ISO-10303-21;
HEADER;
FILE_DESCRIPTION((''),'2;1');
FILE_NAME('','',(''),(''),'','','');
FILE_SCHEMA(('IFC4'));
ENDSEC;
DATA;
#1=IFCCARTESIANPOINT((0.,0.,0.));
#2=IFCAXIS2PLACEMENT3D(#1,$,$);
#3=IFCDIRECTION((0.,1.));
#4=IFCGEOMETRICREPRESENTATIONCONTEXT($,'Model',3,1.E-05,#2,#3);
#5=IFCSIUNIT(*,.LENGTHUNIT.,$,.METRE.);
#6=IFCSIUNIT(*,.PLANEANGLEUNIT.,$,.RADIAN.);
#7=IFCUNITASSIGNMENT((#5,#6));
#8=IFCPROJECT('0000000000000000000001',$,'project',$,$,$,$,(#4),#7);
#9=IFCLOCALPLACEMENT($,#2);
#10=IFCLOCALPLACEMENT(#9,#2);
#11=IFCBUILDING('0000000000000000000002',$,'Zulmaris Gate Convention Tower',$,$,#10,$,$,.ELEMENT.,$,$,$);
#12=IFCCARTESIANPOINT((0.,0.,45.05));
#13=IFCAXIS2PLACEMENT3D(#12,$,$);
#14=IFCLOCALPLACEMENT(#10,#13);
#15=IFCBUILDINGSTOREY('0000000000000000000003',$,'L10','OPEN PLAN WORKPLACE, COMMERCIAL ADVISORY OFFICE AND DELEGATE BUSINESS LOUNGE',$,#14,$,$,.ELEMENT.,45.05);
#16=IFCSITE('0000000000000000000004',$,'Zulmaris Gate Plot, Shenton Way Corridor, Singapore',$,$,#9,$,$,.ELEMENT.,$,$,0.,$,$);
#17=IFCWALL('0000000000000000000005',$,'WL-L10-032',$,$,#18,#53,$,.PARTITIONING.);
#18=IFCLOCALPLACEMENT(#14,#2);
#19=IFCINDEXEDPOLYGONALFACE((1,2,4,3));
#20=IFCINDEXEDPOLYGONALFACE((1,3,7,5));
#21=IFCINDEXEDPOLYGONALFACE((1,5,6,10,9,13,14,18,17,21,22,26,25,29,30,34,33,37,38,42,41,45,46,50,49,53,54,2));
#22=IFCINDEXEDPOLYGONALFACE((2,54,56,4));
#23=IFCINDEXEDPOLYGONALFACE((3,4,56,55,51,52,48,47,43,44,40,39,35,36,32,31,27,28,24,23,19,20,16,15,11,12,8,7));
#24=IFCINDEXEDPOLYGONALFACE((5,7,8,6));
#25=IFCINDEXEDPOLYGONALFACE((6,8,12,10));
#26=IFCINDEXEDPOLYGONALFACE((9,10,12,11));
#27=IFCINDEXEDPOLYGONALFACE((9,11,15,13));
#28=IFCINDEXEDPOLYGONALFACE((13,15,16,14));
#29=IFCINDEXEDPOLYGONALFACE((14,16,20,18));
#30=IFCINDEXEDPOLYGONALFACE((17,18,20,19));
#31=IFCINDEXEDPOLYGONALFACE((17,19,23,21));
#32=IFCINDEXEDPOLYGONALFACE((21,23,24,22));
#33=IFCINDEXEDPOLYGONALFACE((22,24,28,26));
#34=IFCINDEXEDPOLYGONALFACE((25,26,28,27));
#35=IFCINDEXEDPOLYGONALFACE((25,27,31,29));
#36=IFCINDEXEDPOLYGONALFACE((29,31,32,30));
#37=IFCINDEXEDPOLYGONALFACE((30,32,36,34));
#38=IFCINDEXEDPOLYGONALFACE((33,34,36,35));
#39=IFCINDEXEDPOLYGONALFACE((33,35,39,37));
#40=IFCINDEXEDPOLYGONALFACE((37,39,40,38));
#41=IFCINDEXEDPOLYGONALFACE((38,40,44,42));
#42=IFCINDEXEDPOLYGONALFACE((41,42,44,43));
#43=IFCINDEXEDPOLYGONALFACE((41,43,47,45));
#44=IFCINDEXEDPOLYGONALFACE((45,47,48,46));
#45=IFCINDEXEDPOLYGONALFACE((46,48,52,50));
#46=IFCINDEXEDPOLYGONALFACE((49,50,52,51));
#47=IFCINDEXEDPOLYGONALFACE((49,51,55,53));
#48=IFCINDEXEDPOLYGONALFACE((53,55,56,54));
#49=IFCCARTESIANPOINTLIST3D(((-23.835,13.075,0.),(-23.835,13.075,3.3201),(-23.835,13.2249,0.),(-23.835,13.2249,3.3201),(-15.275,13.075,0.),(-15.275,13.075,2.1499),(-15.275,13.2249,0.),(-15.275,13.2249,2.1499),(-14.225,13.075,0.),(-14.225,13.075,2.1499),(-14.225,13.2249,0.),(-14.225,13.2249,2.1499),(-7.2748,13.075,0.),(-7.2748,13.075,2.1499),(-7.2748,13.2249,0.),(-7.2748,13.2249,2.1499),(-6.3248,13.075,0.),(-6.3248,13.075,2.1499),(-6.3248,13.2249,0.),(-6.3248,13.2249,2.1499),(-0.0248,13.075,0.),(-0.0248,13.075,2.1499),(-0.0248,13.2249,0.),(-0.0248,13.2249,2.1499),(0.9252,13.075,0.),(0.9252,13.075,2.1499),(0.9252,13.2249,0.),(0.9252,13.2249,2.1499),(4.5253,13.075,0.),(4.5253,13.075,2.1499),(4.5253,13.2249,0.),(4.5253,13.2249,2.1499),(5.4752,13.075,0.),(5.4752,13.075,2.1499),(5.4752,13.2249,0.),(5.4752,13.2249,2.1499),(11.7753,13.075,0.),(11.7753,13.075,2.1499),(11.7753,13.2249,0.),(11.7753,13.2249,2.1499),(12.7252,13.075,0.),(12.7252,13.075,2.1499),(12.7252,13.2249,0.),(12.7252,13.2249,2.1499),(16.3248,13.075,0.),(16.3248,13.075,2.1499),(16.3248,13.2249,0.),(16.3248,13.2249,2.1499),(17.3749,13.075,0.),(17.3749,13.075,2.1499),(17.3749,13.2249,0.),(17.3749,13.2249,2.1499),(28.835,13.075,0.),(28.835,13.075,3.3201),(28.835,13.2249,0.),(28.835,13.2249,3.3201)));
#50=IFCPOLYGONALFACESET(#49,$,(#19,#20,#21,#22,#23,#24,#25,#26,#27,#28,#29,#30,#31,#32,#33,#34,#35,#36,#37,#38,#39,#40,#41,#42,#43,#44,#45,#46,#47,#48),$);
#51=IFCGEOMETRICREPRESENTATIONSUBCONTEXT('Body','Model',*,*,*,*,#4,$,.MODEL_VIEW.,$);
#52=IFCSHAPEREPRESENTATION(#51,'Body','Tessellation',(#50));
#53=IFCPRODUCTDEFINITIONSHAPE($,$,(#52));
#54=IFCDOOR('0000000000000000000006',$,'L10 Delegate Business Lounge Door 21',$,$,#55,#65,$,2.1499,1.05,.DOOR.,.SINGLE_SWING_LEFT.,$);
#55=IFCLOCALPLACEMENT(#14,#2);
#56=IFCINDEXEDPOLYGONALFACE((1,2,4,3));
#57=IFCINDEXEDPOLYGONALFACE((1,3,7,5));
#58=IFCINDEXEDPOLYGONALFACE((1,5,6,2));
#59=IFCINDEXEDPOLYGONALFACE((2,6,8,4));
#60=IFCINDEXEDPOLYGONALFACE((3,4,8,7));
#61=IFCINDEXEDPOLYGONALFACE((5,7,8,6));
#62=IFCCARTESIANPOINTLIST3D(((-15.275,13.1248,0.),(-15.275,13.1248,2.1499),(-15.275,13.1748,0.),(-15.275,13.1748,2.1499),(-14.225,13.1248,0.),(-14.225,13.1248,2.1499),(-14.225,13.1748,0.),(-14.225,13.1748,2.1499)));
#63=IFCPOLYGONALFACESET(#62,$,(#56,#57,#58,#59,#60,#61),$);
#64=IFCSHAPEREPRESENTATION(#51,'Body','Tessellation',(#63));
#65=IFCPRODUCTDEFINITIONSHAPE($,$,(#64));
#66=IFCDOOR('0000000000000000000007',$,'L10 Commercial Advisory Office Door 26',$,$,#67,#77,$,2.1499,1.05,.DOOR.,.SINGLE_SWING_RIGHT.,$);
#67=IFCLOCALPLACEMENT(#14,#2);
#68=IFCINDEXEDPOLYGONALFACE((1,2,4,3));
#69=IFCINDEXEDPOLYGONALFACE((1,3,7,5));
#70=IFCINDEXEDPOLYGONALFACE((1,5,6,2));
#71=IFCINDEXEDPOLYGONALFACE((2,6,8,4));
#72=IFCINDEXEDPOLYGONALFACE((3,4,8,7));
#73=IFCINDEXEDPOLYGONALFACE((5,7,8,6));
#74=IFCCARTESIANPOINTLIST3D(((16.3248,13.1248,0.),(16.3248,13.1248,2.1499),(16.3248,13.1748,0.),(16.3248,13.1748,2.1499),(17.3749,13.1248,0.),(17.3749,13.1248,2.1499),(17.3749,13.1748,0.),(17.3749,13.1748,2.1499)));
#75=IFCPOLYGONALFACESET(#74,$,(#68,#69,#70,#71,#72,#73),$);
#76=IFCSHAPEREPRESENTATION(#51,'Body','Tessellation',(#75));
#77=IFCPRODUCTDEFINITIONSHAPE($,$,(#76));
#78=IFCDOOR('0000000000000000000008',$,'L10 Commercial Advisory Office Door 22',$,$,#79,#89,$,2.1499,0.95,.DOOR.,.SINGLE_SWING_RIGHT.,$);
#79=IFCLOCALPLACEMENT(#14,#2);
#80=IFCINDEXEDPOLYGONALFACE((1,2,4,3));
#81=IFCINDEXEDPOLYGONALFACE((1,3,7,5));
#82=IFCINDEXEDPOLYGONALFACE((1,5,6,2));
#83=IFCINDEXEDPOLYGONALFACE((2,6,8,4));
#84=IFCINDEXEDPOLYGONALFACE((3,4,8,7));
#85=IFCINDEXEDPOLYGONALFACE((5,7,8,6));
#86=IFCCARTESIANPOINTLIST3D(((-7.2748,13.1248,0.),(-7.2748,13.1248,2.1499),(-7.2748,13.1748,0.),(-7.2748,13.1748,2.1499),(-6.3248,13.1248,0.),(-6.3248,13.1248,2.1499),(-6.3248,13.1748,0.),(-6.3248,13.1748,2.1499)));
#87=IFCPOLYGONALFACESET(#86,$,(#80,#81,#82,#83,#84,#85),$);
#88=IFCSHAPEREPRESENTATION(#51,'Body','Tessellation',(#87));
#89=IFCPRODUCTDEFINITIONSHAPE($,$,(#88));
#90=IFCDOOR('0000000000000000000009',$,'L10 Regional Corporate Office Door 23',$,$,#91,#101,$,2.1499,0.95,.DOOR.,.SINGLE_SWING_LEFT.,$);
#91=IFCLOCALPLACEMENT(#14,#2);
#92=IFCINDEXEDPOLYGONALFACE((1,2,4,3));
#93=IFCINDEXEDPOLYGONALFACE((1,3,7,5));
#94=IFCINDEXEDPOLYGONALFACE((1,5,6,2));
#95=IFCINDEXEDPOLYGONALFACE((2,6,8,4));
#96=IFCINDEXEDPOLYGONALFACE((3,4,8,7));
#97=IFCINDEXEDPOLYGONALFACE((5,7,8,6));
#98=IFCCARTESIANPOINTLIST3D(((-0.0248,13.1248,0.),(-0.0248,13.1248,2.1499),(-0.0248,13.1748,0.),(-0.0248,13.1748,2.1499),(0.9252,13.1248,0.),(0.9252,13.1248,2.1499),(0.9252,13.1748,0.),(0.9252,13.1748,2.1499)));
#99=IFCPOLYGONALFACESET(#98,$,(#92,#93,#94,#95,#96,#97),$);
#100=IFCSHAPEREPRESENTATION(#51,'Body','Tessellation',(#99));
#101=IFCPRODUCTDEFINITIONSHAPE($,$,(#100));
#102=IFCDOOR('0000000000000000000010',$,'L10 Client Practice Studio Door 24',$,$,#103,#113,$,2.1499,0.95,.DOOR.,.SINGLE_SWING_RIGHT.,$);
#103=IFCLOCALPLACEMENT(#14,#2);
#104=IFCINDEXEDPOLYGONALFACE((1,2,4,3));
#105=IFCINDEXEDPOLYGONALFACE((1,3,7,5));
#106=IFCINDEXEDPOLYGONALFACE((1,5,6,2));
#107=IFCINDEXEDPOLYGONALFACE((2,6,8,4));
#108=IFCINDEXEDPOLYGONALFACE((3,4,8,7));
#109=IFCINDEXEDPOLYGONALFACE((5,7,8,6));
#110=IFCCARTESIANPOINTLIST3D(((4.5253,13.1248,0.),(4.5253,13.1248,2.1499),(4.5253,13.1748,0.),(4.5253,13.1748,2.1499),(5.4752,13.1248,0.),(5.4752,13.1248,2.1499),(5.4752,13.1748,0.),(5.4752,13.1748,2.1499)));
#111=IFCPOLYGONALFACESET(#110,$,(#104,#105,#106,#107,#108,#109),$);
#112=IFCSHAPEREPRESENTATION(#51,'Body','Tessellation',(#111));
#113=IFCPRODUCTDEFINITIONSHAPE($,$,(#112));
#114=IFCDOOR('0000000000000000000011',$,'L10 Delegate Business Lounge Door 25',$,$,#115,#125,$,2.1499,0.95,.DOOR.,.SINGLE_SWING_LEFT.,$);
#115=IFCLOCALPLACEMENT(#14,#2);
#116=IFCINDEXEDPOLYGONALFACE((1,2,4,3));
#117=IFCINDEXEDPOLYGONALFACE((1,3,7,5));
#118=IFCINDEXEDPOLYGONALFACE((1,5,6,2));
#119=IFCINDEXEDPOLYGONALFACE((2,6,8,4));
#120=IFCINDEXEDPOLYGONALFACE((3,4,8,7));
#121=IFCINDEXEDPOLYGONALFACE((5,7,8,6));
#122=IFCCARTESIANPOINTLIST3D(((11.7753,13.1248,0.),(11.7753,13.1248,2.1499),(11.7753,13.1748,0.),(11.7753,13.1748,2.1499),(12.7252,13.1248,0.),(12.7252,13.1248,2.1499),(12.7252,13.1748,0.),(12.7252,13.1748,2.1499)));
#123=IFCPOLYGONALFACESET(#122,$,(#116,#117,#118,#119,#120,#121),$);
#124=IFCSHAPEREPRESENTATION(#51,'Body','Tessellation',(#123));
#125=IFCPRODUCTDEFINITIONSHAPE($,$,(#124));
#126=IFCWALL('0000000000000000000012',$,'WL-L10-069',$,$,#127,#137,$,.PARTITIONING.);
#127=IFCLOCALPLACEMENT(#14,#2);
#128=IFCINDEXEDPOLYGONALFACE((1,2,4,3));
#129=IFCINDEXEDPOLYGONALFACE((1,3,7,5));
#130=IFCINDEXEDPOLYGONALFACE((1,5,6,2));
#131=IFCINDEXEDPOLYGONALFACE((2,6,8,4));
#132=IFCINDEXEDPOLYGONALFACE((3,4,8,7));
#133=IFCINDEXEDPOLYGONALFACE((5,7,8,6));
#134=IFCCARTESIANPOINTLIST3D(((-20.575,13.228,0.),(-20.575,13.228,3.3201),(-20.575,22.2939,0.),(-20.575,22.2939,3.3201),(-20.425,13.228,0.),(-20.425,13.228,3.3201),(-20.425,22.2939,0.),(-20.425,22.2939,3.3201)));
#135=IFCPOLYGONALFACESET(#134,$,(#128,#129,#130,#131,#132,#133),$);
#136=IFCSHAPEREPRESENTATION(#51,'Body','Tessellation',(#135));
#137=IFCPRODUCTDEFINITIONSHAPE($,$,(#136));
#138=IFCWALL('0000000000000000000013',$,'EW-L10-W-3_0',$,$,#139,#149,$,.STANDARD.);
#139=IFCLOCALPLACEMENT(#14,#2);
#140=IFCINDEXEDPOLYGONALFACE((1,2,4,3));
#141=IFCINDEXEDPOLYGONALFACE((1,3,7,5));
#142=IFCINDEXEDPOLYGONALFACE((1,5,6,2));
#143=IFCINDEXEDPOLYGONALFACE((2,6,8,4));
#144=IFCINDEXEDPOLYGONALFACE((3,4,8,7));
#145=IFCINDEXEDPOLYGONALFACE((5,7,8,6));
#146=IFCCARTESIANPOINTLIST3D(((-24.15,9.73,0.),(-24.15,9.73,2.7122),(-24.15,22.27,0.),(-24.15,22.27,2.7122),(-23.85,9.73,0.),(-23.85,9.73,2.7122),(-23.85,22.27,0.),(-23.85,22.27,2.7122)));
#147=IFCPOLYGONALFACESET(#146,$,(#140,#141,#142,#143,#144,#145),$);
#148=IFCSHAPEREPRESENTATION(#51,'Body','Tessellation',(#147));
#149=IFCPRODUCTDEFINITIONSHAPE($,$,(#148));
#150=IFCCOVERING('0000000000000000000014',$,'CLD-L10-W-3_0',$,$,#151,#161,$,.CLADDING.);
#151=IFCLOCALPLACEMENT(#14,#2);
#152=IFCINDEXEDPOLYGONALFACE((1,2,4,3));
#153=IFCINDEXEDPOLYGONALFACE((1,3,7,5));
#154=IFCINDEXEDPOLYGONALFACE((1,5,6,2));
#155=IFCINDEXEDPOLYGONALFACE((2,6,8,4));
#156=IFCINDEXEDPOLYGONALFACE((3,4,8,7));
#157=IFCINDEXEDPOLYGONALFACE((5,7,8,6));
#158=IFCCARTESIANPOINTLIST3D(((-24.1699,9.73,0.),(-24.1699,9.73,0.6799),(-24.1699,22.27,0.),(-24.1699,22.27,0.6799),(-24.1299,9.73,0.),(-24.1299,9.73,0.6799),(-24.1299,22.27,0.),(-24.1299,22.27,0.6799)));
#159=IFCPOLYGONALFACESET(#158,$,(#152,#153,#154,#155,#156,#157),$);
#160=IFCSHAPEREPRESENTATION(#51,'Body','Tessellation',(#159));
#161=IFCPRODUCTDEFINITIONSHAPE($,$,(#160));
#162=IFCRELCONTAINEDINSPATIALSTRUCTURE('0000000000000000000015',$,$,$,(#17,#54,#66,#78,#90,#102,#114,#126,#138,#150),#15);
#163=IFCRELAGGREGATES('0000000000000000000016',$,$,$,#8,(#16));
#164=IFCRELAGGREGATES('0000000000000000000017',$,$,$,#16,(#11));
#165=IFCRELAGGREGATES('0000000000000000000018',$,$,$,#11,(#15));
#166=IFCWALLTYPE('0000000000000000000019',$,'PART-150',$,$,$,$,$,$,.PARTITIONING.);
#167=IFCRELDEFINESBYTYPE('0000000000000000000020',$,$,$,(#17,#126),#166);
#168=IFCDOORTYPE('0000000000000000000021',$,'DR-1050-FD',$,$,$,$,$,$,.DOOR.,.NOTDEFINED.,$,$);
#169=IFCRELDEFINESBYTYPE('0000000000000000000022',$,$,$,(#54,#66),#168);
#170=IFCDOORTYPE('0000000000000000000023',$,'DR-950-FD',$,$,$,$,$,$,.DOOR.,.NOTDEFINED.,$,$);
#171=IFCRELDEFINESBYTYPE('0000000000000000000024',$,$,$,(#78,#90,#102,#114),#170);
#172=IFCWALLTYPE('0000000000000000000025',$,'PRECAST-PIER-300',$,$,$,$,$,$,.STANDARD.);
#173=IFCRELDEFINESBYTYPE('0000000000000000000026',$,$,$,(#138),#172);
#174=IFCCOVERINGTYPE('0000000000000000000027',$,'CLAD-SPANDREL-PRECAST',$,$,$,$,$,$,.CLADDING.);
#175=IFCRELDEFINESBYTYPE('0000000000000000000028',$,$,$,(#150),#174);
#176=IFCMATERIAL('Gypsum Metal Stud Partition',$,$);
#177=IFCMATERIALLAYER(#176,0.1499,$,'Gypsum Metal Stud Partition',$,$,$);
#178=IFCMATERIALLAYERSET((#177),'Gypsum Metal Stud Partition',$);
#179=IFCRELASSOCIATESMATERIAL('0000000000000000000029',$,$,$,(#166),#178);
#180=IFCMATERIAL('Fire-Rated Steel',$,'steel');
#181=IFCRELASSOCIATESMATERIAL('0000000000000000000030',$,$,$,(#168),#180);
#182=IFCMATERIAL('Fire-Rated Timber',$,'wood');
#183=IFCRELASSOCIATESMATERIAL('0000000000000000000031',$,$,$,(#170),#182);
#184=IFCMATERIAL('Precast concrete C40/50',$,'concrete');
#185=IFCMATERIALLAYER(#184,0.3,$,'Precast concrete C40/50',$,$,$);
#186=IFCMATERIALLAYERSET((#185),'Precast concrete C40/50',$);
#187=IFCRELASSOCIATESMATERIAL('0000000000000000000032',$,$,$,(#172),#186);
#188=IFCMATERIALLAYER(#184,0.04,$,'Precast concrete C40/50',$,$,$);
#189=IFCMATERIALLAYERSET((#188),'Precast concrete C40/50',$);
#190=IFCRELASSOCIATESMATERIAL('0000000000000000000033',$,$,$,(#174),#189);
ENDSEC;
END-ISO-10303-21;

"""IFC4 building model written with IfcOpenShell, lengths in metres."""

from ifc_helpers import new_model, si_unit, direction, frame, frame_2d, origin, place, context, subcontext, project, spatial, rectangle, extrude, material, layer, layer_set, type_object, element, fill, save


model = new_model("IFC4")

# Units and contexts
model_context = context("Model", 3, precision=1e-05, world=origin(), true_north=direction((0.0, 1.0)))
body_context = subcontext(model_context, "Body", "Model", "MODEL_VIEW")
ifc_project = project(units=[si_unit("LENGTHUNIT", "METRE"), si_unit("PLANEANGLEUNIT", "RADIAN")], contexts=[model_context])

# Site, building, storey
site_placement = place(None, origin())
site = spatial("IfcSite", under=ifc_project, at=site_placement, Name="Zulmaris Gate Plot, Shenton Way Corridor, Singapore", CompositionType="ELEMENT", RefElevation=0.0)
building_placement = place(site_placement, origin())
building = spatial("IfcBuilding", under=site, at=building_placement, Name="Zulmaris Gate Convention Tower", CompositionType="ELEMENT")
storey_placement = place(building_placement, frame((0.0, 0.0, 45.05)))
storey = spatial("IfcBuildingStorey", under=building, at=storey_placement, Name="L10", Description="OPEN PLAN WORKPLACE, COMMERCIAL ADVISORY OFFICE AND DELEGATE BUSINESS LOUNGE", CompositionType="ELEMENT", Elevation=45.05)

# Shared definitions
ifc_material_1 = material(Name="Fire-Rated Steel", Category="steel")
ifc_material_2 = material(Name="Gypsum Metal Stud Partition")
ifc_layer_1 = layer(ifc_material_2, 0.1499, Name="Gypsum Metal Stud Partition")
ifc_layer_set_1 = layer_set([ifc_layer_1], Name="Gypsum Metal Stud Partition")
wall_type_1 = type_object("IfcWallType", Name="PART-150", PredefinedType="PARTITIONING", material=ifc_layer_set_1)
ifc_material_3 = material(Name="Fire-Rated Timber", Category="wood")

# Wall, openings, doors
wall_1_placement = place(storey_placement, frame((-23.835, 13.1499, 0.0), z_axis=(0.0, 0.0, 1.0), x_axis=(1.0, 0.0, 0.0)))
wall_1 = element("IfcWall", 1, at=wall_1_placement, inside=storey, type_object=wall_type_1, Name="WL-L10-032", PredefinedType="PARTITIONING", context=body_context, shape_type="SweptSolid", body=[
    extrude(rectangle(XDim=52.6699, YDim=0.1499, at=frame_2d((26.335, 0.0))), origin(), (0.0, 0.0, 1.0), 3.3201),
])
opening_1_placement = place(wall_1_placement, frame((8.5601, 0.0, 0.0)))
opening_1 = element("IfcOpeningElement", 2, at=opening_1_placement, cuts=wall_1, PredefinedType="OPENING", context=body_context, shape_type="SweptSolid", body=[
    extrude(rectangle(XDim=1.05, YDim=2.1499, at=frame_2d((0.5249, 1.075))), frame((0.0, 0.085, 0.0), z_axis=(0.0, -1.0, 0.0), x_axis=(1.0, 0.0, 0.0)), (0.0, 0.0, 1.0), 0.1699),
])
opening_2_placement = place(wall_1_placement, frame((16.5601, 0.0, 0.0)))
opening_2 = element("IfcOpeningElement", 3, at=opening_2_placement, cuts=wall_1, PredefinedType="OPENING", context=body_context, shape_type="SweptSolid", body=[
    extrude(rectangle(XDim=0.95, YDim=2.1499, at=frame_2d((0.4751, 1.075))), frame((0.0, 0.085, 0.0), z_axis=(0.0, -1.0, 0.0), x_axis=(1.0, 0.0, 0.0)), (0.0, 0.0, 1.0), 0.1699),
])
opening_3_placement = place(wall_1_placement, frame((23.8101, 0.0, 0.0)))
opening_3 = element("IfcOpeningElement", 4, at=opening_3_placement, cuts=wall_1, PredefinedType="OPENING", context=body_context, shape_type="SweptSolid", body=[
    extrude(rectangle(XDim=0.95, YDim=2.1499, at=frame_2d((0.4751, 1.075))), frame((0.0, 0.085, 0.0), z_axis=(0.0, -1.0, 0.0), x_axis=(1.0, 0.0, 0.0)), (0.0, 0.0, 1.0), 0.1699),
])
opening_4_placement = place(wall_1_placement, frame((28.3601, 0.0, 0.0)))
opening_4 = element("IfcOpeningElement", 5, at=opening_4_placement, cuts=wall_1, PredefinedType="OPENING", context=body_context, shape_type="SweptSolid", body=[
    extrude(rectangle(XDim=0.95, YDim=2.1499, at=frame_2d((0.4751, 1.075))), frame((0.0, 0.085, 0.0), z_axis=(0.0, -1.0, 0.0), x_axis=(1.0, 0.0, 0.0)), (0.0, 0.0, 1.0), 0.1699),
])
opening_5_placement = place(wall_1_placement, frame((35.6101, 0.0, 0.0)))
opening_5 = element("IfcOpeningElement", 6, at=opening_5_placement, cuts=wall_1, PredefinedType="OPENING", context=body_context, shape_type="SweptSolid", body=[
    extrude(rectangle(XDim=0.95, YDim=2.1499, at=frame_2d((0.4751, 1.075))), frame((0.0, 0.085, 0.0), z_axis=(0.0, -1.0, 0.0), x_axis=(1.0, 0.0, 0.0)), (0.0, 0.0, 1.0), 0.1699),
])
opening_6_placement = place(wall_1_placement, frame((40.1599, 0.0, 0.0)))
opening_6 = element("IfcOpeningElement", 7, at=opening_6_placement, cuts=wall_1, PredefinedType="OPENING", context=body_context, shape_type="SweptSolid", body=[
    extrude(rectangle(XDim=1.05, YDim=2.1499, at=frame_2d((0.5249, 1.075))), frame((0.0, 0.085, 0.0), z_axis=(0.0, -1.0, 0.0), x_axis=(1.0, 0.0, 0.0)), (0.0, 0.0, 1.0), 0.1699),
])
door_type_1 = type_object("IfcDoorType", Name="DR-1050-FD", OperationType="NOTDEFINED", PredefinedType="DOOR", material=ifc_material_1)
door_1_placement = place(opening_1_placement, origin())
door_1 = element("IfcDoor", 8, at=door_1_placement, inside=storey, type_object=door_type_1, Name="L10 Delegate Business Lounge Door 21", OperationType="SINGLE_SWING_LEFT", OverallHeight=2.1499, OverallWidth=1.05, PredefinedType="DOOR", context=body_context, shape_type="SweptSolid", body=[
    extrude(rectangle(XDim=1.05, YDim=2.1499, at=frame_2d((0.5249, 1.075))), frame((0.0, 0.0249, 0.0), z_axis=(0.0, -1.0, 0.0), x_axis=(1.0, 0.0, 0.0)), (0.0, 0.0, 1.0), 0.05),
])
fill(opening_1, door_1)
door_2_placement = place(opening_6_placement, origin())
door_2 = element("IfcDoor", 9, at=door_2_placement, inside=storey, type_object=door_type_1, Name="L10 Commercial Advisory Office Door 26", OperationType="SINGLE_SWING_RIGHT", OverallHeight=2.1499, OverallWidth=1.05, PredefinedType="DOOR", context=body_context, shape_type="SweptSolid", body=[
    extrude(rectangle(XDim=1.05, YDim=2.1499, at=frame_2d((0.5249, 1.075))), frame((0.0, 0.0249, 0.0), z_axis=(0.0, -1.0, 0.0), x_axis=(1.0, 0.0, 0.0)), (0.0, 0.0, 1.0), 0.05),
])
fill(opening_6, door_2)
door_type_2 = type_object("IfcDoorType", Name="DR-950-FD", OperationType="NOTDEFINED", PredefinedType="DOOR", material=ifc_material_3)
door_3_placement = place(opening_2_placement, origin())
door_3 = element("IfcDoor", 10, at=door_3_placement, inside=storey, type_object=door_type_2, Name="L10 Commercial Advisory Office Door 22", OperationType="SINGLE_SWING_RIGHT", OverallHeight=2.1499, OverallWidth=0.95, PredefinedType="DOOR", context=body_context, shape_type="SweptSolid", body=[
    extrude(rectangle(XDim=0.95, YDim=2.1499, at=frame_2d((0.4751, 1.075))), frame((0.0, 0.0249, 0.0), z_axis=(0.0, -1.0, 0.0), x_axis=(1.0, 0.0, 0.0)), (0.0, 0.0, 1.0), 0.05),
])
fill(opening_2, door_3)
door_4_placement = place(opening_3_placement, origin())
door_4 = element("IfcDoor", 11, at=door_4_placement, inside=storey, type_object=door_type_2, Name="L10 Regional Corporate Office Door 23", OperationType="SINGLE_SWING_LEFT", OverallHeight=2.1499, OverallWidth=0.95, PredefinedType="DOOR", context=body_context, shape_type="SweptSolid", body=[
    extrude(rectangle(XDim=0.95, YDim=2.1499, at=frame_2d((0.4751, 1.075))), frame((0.0, 0.0249, 0.0), z_axis=(0.0, -1.0, 0.0), x_axis=(1.0, 0.0, 0.0)), (0.0, 0.0, 1.0), 0.05),
])
fill(opening_3, door_4)
door_5_placement = place(opening_4_placement, origin())
door_5 = element("IfcDoor", 12, at=door_5_placement, inside=storey, type_object=door_type_2, Name="L10 Client Practice Studio Door 24", OperationType="SINGLE_SWING_RIGHT", OverallHeight=2.1499, OverallWidth=0.95, PredefinedType="DOOR", context=body_context, shape_type="SweptSolid", body=[
    extrude(rectangle(XDim=0.95, YDim=2.1499, at=frame_2d((0.4751, 1.075))), frame((0.0, 0.0249, 0.0), z_axis=(0.0, -1.0, 0.0), x_axis=(1.0, 0.0, 0.0)), (0.0, 0.0, 1.0), 0.05),
])
fill(opening_4, door_5)
door_6_placement = place(opening_5_placement, origin())
door_6 = element("IfcDoor", 13, at=door_6_placement, inside=storey, type_object=door_type_2, Name="L10 Delegate Business Lounge Door 25", OperationType="SINGLE_SWING_LEFT", OverallHeight=2.1499, OverallWidth=0.95, PredefinedType="DOOR", context=body_context, shape_type="SweptSolid", body=[
    extrude(rectangle(XDim=0.95, YDim=2.1499, at=frame_2d((0.4751, 1.075))), frame((0.0, 0.0249, 0.0), z_axis=(0.0, -1.0, 0.0), x_axis=(1.0, 0.0, 0.0)), (0.0, 0.0, 1.0), 0.05),
])
fill(opening_5, door_6)

# Wall
wall_2_placement = place(storey_placement, frame((-20.5, 13.228, 0.0), z_axis=(0.0, 0.0, 1.0), x_axis=(0.0, 1.0, 0.0)))
element("IfcWall", 14, at=wall_2_placement, inside=storey, type_object=wall_type_1, Name="WL-L10-069", PredefinedType="PARTITIONING", context=body_context, shape_type="SweptSolid", body=[
    extrude(rectangle(XDim=9.0659, YDim=0.1499, at=frame_2d((4.533, 0.0))), origin(), (0.0, 0.0, 1.0), 3.3201),
])

# Wall
ifc_material_4 = material(Name="Precast concrete C40/50", Category="concrete")
ifc_layer_2 = layer(ifc_material_4, 0.3, Name="Precast concrete C40/50")
ifc_layer_set_2 = layer_set([ifc_layer_2], Name="Precast concrete C40/50")
wall_type_2 = type_object("IfcWallType", Name="PRECAST-PIER-300", PredefinedType="STANDARD", material=ifc_layer_set_2)
wall_3_placement = place(storey_placement, frame((-24.0, 22.27, 0.0), z_axis=(0.0, 0.0, 1.0), x_axis=(0.0, -1.0, 0.0)))
element("IfcWall", 15, at=wall_3_placement, inside=storey, type_object=wall_type_2, Name="EW-L10-W-3_0", PredefinedType="STANDARD", context=body_context, shape_type="SweptSolid", body=[
    extrude(rectangle(XDim=12.54, YDim=0.3, at=frame_2d((6.27, 0.0))), origin(), (0.0, 0.0, 1.0), 2.7122),
])

# Covering
ifc_layer_3 = layer(ifc_material_4, 0.04, Name="Precast concrete C40/50")
ifc_layer_set_3 = layer_set([ifc_layer_3], Name="Precast concrete C40/50")
covering_type = type_object("IfcCoveringType", Name="CLAD-SPANDREL-PRECAST", PredefinedType="CLADDING", material=ifc_layer_set_3)
covering_placement = place(storey_placement, frame((-24.1499, 22.27, 0.0), z_axis=(0.0, 0.0, 1.0), x_axis=(0.0, -1.0, 0.0)))
element("IfcCovering", 16, at=covering_placement, inside=storey, type_object=covering_type, Name="CLD-L10-W-3_0", PredefinedType="CLADDING", context=body_context, shape_type="SweptSolid", body=[
    extrude(rectangle(XDim=12.54, YDim=0.04, at=frame_2d((6.27, 0.0))), origin(), (0.0, 0.0, 1.0), 0.6799),
])

save(model, "model.ifc")
